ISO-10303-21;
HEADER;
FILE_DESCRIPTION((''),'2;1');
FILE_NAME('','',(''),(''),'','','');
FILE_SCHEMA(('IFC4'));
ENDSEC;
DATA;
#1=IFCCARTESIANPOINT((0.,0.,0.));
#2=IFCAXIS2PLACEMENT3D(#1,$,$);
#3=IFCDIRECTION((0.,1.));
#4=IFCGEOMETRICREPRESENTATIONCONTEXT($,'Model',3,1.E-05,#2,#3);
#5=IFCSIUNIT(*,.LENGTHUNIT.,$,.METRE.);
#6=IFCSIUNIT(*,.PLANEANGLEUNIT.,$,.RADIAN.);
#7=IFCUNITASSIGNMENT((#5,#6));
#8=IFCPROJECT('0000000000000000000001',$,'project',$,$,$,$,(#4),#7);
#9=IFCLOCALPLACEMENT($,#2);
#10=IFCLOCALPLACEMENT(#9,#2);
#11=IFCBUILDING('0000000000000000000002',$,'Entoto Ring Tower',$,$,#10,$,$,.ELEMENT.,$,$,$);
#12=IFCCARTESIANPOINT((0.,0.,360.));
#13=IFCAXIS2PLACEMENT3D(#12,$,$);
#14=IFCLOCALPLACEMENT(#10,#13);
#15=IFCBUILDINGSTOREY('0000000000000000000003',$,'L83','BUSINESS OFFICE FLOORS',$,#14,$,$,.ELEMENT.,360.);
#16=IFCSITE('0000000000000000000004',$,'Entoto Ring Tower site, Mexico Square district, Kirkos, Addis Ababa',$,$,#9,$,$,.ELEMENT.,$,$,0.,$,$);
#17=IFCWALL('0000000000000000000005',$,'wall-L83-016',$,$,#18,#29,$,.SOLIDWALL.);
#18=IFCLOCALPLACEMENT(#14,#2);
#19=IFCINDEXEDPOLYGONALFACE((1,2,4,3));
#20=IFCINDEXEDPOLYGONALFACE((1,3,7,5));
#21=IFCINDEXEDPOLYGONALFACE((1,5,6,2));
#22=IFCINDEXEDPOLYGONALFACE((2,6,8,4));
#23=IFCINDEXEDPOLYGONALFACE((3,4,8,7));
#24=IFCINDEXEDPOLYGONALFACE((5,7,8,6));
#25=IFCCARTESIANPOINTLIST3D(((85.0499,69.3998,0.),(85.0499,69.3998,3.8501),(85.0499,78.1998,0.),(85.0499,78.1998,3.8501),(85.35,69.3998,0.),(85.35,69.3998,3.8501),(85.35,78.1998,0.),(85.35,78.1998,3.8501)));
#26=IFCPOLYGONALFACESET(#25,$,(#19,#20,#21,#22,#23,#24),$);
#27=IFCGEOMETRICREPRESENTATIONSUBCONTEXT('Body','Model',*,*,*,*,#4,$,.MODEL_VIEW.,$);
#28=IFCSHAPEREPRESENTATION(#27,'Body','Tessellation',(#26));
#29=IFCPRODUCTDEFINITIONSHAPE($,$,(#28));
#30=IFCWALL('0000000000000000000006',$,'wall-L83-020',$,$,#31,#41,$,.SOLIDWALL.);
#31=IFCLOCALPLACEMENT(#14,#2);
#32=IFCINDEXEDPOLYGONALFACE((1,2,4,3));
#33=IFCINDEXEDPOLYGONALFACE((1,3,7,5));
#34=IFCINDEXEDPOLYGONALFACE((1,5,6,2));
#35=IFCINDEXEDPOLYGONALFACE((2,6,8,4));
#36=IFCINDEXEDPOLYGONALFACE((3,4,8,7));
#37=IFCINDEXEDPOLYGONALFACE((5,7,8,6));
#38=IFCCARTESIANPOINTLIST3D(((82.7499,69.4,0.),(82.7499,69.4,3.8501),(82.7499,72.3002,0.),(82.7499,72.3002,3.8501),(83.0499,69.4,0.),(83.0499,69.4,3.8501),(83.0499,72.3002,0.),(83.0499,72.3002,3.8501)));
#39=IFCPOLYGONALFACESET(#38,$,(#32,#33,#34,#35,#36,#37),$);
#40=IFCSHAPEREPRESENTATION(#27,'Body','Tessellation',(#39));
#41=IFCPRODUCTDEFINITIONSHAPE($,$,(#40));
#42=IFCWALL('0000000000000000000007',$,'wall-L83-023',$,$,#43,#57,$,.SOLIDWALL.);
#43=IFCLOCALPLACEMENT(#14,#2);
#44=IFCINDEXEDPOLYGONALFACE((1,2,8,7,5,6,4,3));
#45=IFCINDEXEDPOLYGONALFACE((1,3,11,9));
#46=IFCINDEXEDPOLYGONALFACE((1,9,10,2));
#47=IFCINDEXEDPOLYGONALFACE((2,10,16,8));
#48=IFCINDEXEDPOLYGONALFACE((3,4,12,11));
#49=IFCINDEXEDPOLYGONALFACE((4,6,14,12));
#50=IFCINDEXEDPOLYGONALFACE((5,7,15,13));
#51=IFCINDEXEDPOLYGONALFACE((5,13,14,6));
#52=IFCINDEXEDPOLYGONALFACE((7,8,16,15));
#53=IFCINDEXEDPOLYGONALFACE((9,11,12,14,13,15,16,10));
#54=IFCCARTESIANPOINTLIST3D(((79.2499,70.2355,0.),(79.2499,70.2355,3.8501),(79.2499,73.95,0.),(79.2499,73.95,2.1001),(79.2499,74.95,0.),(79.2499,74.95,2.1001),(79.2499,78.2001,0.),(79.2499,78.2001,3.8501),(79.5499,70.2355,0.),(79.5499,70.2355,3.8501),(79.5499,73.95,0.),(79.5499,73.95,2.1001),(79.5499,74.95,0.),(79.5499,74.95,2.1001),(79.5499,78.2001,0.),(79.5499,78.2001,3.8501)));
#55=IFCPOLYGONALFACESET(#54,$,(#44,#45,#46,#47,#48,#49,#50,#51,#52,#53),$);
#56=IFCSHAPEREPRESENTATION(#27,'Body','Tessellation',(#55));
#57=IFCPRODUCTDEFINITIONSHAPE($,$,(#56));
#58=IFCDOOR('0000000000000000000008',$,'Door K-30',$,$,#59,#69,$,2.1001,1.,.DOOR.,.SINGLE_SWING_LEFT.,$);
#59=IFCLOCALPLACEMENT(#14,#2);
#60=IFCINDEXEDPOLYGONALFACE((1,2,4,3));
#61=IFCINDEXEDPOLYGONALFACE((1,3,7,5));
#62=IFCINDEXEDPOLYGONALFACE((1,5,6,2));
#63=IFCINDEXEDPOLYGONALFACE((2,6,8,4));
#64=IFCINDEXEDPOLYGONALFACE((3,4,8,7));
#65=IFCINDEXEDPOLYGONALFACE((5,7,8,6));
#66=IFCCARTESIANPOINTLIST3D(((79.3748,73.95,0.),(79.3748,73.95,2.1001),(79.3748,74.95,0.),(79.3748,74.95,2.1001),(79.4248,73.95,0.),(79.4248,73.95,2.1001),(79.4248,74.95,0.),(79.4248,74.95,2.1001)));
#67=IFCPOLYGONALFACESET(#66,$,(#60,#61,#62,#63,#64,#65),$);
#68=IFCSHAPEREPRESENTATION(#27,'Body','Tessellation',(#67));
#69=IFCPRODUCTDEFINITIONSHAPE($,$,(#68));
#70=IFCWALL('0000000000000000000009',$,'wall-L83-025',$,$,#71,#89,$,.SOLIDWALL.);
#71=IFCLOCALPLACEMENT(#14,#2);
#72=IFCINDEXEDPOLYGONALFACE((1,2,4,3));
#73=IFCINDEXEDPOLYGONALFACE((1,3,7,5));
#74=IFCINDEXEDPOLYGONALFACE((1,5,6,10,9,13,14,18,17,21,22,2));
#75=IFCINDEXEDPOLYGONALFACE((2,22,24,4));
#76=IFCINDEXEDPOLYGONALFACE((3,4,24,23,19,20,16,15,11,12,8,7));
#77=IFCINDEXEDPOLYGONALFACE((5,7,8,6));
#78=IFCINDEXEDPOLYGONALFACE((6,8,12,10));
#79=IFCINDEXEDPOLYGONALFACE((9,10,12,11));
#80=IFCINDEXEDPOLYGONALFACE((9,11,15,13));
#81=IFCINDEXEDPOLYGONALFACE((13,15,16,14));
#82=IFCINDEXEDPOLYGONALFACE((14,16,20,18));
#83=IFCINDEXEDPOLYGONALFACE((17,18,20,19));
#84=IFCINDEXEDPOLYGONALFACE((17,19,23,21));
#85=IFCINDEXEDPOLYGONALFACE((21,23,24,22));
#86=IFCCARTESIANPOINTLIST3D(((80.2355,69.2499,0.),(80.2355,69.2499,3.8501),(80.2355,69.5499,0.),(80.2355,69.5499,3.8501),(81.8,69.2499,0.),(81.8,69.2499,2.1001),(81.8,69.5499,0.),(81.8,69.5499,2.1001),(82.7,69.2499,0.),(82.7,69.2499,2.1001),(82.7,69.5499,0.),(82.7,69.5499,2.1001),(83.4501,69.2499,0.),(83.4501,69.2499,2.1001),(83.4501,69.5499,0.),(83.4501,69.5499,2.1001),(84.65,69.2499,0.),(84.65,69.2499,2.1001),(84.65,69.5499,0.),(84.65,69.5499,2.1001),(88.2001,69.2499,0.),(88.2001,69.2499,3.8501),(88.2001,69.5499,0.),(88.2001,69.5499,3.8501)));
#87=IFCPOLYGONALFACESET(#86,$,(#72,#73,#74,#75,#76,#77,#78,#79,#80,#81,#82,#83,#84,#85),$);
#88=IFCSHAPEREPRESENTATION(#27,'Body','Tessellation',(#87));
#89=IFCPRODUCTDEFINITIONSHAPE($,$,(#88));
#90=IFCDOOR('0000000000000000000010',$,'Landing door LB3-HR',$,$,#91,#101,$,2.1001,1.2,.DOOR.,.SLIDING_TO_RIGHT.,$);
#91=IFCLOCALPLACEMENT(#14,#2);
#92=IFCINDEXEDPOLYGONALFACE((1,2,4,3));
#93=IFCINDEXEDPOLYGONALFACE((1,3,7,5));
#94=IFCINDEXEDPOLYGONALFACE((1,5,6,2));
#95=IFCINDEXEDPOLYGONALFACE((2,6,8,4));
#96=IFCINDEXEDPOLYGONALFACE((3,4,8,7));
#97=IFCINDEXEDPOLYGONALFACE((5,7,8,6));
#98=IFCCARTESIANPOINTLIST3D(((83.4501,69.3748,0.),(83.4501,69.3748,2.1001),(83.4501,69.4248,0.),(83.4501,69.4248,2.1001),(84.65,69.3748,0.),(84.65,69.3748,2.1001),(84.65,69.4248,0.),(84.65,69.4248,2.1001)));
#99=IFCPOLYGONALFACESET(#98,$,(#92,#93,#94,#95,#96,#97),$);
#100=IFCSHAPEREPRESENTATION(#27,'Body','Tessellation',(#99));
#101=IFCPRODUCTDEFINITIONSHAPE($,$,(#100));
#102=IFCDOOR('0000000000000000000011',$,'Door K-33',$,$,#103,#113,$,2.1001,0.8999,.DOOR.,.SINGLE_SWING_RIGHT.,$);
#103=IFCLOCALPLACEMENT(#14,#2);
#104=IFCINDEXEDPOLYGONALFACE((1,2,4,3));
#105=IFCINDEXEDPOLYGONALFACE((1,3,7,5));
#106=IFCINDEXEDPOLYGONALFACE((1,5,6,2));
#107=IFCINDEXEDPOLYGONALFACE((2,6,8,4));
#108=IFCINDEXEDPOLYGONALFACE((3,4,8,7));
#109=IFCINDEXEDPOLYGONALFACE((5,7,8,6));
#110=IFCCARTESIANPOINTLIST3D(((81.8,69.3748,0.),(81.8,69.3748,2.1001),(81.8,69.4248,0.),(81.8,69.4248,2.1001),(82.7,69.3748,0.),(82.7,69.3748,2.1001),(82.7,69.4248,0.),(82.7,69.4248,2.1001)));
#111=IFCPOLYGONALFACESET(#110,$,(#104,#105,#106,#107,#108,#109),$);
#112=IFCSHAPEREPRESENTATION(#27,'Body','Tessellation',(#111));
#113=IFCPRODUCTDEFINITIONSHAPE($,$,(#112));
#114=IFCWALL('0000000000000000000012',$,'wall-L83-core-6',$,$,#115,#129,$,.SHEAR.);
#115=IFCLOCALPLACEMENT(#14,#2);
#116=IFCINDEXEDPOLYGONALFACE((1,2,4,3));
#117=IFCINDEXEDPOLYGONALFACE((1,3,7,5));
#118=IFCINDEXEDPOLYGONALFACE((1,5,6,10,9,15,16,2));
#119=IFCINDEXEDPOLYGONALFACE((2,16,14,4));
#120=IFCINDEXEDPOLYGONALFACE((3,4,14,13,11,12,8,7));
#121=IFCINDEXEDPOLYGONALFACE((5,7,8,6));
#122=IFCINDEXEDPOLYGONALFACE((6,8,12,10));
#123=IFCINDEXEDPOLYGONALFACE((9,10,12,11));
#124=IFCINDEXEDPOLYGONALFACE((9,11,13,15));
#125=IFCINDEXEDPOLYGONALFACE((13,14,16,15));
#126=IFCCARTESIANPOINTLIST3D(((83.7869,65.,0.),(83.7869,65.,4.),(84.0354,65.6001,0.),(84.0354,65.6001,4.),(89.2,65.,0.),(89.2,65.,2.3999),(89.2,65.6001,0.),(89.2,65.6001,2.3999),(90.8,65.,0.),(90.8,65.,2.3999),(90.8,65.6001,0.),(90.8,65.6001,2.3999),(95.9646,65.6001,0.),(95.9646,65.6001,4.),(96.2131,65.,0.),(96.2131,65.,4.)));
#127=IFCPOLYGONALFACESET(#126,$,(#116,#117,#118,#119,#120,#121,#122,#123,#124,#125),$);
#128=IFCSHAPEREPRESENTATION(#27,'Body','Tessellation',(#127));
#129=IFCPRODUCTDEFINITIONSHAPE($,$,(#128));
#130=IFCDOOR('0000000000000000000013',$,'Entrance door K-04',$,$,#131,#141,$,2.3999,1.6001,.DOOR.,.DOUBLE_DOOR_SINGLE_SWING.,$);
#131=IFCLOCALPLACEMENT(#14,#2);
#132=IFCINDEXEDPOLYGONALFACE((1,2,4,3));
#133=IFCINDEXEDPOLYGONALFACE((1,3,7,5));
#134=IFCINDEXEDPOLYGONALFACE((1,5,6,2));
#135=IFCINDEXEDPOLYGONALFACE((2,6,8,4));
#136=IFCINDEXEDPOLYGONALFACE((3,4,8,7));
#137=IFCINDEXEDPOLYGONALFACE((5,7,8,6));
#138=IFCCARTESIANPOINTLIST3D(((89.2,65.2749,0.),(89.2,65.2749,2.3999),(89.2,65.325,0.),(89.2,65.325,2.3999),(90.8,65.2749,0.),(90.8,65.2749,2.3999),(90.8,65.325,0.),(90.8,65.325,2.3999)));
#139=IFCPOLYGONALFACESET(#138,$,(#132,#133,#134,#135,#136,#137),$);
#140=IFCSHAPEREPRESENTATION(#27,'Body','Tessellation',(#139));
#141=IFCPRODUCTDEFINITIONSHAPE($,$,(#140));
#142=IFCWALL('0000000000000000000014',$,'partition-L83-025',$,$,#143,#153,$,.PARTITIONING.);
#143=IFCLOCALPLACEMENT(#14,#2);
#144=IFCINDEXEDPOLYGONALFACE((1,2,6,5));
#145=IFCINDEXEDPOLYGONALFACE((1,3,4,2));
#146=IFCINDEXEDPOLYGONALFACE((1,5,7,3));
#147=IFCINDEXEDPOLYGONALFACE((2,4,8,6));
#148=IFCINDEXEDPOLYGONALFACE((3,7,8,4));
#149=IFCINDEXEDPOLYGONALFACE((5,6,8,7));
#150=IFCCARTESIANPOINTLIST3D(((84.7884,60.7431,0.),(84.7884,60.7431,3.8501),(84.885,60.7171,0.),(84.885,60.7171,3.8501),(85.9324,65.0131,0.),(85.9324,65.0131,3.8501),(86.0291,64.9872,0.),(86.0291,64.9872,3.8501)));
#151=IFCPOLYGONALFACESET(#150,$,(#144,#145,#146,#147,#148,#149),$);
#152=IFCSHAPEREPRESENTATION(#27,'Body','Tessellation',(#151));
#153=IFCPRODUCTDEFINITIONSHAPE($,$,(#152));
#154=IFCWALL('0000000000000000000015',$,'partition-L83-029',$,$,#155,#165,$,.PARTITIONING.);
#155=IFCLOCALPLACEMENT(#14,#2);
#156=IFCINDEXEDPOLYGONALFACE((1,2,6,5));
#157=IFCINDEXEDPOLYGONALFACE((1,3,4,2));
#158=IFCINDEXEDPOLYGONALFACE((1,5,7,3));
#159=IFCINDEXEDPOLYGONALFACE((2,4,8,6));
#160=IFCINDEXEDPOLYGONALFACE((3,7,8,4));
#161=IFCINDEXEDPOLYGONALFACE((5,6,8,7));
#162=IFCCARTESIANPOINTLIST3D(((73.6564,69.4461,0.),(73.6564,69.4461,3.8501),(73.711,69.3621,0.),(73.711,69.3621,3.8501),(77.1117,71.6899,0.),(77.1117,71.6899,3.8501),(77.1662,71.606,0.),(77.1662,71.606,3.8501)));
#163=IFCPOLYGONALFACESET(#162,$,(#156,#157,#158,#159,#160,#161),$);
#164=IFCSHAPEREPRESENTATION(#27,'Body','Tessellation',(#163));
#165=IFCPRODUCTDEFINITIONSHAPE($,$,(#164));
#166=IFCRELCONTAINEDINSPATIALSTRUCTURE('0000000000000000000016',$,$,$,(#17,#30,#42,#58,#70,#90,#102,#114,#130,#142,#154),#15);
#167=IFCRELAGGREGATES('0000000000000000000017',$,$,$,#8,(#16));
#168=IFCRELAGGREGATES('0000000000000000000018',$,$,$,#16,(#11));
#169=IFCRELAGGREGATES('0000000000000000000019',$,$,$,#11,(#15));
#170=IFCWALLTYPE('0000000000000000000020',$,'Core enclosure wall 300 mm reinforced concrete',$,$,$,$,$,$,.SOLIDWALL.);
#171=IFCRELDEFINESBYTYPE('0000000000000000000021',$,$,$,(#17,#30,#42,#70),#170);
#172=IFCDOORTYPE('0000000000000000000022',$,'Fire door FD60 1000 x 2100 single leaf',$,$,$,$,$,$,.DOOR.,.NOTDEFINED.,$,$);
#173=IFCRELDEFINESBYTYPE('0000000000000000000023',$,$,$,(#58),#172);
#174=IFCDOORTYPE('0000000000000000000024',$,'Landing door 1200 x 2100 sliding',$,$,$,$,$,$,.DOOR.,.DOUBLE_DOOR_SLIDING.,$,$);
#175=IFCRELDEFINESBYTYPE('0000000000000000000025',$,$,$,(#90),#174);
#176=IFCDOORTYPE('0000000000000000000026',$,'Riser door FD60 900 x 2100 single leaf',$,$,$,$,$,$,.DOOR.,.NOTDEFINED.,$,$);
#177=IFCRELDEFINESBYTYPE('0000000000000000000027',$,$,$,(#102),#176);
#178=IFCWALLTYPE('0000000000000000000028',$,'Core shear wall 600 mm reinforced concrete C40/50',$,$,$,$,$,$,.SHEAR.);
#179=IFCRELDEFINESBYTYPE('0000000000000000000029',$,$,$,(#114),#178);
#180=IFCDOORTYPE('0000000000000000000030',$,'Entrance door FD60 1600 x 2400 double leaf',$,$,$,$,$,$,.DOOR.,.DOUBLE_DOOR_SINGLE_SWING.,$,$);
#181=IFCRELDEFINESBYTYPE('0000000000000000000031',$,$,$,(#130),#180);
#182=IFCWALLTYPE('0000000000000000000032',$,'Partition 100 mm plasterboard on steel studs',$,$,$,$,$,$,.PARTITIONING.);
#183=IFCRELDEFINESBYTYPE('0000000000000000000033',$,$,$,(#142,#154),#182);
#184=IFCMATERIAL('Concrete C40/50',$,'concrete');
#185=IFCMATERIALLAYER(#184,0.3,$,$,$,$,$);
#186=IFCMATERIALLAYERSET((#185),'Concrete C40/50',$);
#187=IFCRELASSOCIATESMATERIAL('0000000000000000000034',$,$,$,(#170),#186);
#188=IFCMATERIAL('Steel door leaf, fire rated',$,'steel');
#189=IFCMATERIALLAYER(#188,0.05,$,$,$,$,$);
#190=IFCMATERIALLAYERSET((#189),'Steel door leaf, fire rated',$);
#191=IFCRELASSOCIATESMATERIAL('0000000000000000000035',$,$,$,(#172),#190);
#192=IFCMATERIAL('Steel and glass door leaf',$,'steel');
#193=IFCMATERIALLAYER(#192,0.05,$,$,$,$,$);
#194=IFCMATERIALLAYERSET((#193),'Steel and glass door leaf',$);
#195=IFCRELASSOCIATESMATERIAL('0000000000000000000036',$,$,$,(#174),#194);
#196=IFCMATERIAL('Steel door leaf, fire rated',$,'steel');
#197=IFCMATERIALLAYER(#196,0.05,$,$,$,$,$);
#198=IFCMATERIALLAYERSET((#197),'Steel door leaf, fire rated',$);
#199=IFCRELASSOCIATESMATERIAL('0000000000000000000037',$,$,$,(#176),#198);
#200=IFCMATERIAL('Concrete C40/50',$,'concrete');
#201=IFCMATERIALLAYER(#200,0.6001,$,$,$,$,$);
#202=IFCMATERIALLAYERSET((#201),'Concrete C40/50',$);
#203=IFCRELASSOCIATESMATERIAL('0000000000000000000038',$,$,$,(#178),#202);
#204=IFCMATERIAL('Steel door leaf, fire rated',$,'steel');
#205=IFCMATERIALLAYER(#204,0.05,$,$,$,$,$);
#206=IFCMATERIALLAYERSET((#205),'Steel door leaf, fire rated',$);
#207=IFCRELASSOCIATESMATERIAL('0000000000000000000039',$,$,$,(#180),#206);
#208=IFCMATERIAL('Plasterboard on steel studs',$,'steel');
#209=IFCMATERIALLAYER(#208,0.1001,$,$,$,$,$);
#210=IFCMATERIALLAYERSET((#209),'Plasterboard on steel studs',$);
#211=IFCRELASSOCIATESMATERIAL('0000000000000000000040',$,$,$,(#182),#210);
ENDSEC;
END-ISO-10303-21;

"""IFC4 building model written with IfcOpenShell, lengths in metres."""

from ifc_helpers import new_model, si_unit, direction, frame, frame_2d, origin, place, context, subcontext, project, spatial, polyline, rectangle, outline, extrude, material, layer, layer_set, type_object, element, fill, save


model = new_model("IFC4")

# Units and contexts
model_context = context("Model", 3, precision=1e-05, world=origin(), true_north=direction((0.0, 1.0)))
body_context = subcontext(model_context, "Body", "Model", "MODEL_VIEW")
ifc_project = project(units=[si_unit("LENGTHUNIT", "METRE"), si_unit("PLANEANGLEUNIT", "RADIAN")], contexts=[model_context])

# Site, building, storey
site_placement = place(None, origin())
site = spatial("IfcSite", under=ifc_project, at=site_placement, Name="Entoto Ring Tower site, Mexico Square district, Kirkos, Addis Ababa", CompositionType="ELEMENT", RefElevation=0.0)
building_placement = place(site_placement, origin())
building = spatial("IfcBuilding", under=site, at=building_placement, Name="Entoto Ring Tower", CompositionType="ELEMENT")
storey_placement = place(building_placement, frame((0.0, 0.0, 360.0)))
storey = spatial("IfcBuildingStorey", under=building, at=storey_placement, Name="L83", Description="BUSINESS OFFICE FLOORS", CompositionType="ELEMENT", Elevation=360.0)

# Walls
ifc_material_1 = material(Name="Concrete C40/50", Category="concrete")
ifc_layer_1 = layer(ifc_material_1, 0.3)
ifc_layer_set_1 = layer_set([ifc_layer_1], Name="Concrete C40/50")
wall_type_1 = type_object("IfcWallType", Name="Core enclosure wall 300 mm reinforced concrete", PredefinedType="SOLIDWALL", material=ifc_layer_set_1)
wall_1_placement = place(storey_placement, frame((85.2, 69.3999, 0.0), z_axis=(0.0, 0.0, 1.0), x_axis=(0.0, 1.0, 0.0)))
element("IfcWall", 1, at=wall_1_placement, inside=storey, type_object=wall_type_1, Name="wall-L83-016", PredefinedType="SOLIDWALL", context=body_context, shape_type="SweptSolid", body=[
    extrude(rectangle(XDim=8.8, YDim=0.3, at=frame_2d((4.3999, 0.0))), origin(), (0.0, 0.0, 1.0), 3.8501),
])
wall_2_placement = place(storey_placement, frame((82.8999, 69.3999, 0.0), z_axis=(0.0, 0.0, 1.0), x_axis=(0.0, 1.0, 0.0)))
element("IfcWall", 2, at=wall_2_placement, inside=storey, type_object=wall_type_1, Name="wall-L83-020", PredefinedType="SOLIDWALL", context=body_context, shape_type="SweptSolid", body=[
    extrude(rectangle(XDim=2.9001, YDim=0.3, at=frame_2d((1.4502, 0.0))), origin(), (0.0, 0.0, 1.0), 3.8501),
])

# Wall, opening, door
wall_3_placement = place(storey_placement, frame((79.3999, 70.2354, 0.0), z_axis=(0.0, 0.0, 1.0), x_axis=(0.0, 1.0, 0.0)))
wall_3 = element("IfcWall", 3, at=wall_3_placement, inside=storey, type_object=wall_type_1, Name="wall-L83-023", PredefinedType="SOLIDWALL", context=body_context, shape_type="SweptSolid", body=[
    extrude(rectangle(XDim=7.9646, YDim=0.3, at=frame_2d((3.9824, 0.0))), origin(), (0.0, 0.0, 1.0), 3.8501),
])
opening_1_placement = place(wall_3_placement, frame((3.7146, 0.0, 0.0)))
opening_1 = element("IfcOpeningElement", 4, at=opening_1_placement, cuts=wall_3, PredefinedType="OPENING", context=body_context, shape_type="SweptSolid", body=[
    extrude(rectangle(XDim=1.0, YDim=2.1001, at=frame_2d((0.5, 1.05))), frame((0.0, 0.1602, 0.0), z_axis=(0.0, -1.0, 0.0), x_axis=(1.0, 0.0, 0.0)), (0.0, 0.0, 1.0), 0.3201),
])
ifc_material_2 = material(Name="Steel door leaf, fire rated", Category="steel")
ifc_layer_2 = layer(ifc_material_2, 0.05)
ifc_layer_set_2 = layer_set([ifc_layer_2], Name="Steel door leaf, fire rated")
door_type_1 = type_object("IfcDoorType", Name="Fire door FD60 1000 x 2100 single leaf", OperationType="NOTDEFINED", PredefinedType="DOOR", material=ifc_layer_set_2)
door_1_placement = place(opening_1_placement, frame((1.0, 0.0, 0.0), z_axis=(0.0, 0.0, 1.0), x_axis=(-1.0, 0.0, 0.0)))
door_1 = element("IfcDoor", 5, at=door_1_placement, inside=storey, type_object=door_type_1, Name="Door K-30", OperationType="SINGLE_SWING_LEFT", OverallHeight=2.1001, OverallWidth=1.0, PredefinedType="DOOR", context=body_context, shape_type="SweptSolid", body=[
    extrude(rectangle(XDim=1.0, YDim=2.1001, at=frame_2d((0.5, 1.05))), frame((0.0, 0.0249, 0.0), z_axis=(0.0, -1.0, 0.0), x_axis=(1.0, 0.0, 0.0)), (0.0, 0.0, 1.0), 0.05),
])
fill(opening_1, door_1)

# Wall, openings, doors
wall_4_placement = place(storey_placement, frame((80.2354, 69.3999, 0.0), z_axis=(0.0, 0.0, 1.0), x_axis=(1.0, 0.0, 0.0)))
wall_4 = element("IfcWall", 6, at=wall_4_placement, inside=storey, type_object=wall_type_1, Name="wall-L83-025", PredefinedType="SOLIDWALL", context=body_context, shape_type="SweptSolid", body=[
    extrude(rectangle(XDim=7.9646, YDim=0.3, at=frame_2d((3.9824, 0.0))), origin(), (0.0, 0.0, 1.0), 3.8501),
])
opening_2_placement = place(wall_4_placement, frame((3.2146, 0.0, 0.0)))
opening_2 = element("IfcOpeningElement", 7, at=opening_2_placement, cuts=wall_4, PredefinedType="OPENING", context=body_context, shape_type="SweptSolid", body=[
    extrude(rectangle(XDim=1.2, YDim=2.1001, at=frame_2d((0.6001, 1.05))), frame((0.0, 0.1602, 0.0), z_axis=(0.0, -1.0, 0.0), x_axis=(1.0, 0.0, 0.0)), (0.0, 0.0, 1.0), 0.3201),
])
opening_3_placement = place(wall_4_placement, frame((1.5647, 0.0, 0.0)))
opening_3 = element("IfcOpeningElement", 8, at=opening_3_placement, cuts=wall_4, PredefinedType="OPENING", context=body_context, shape_type="SweptSolid", body=[
    extrude(rectangle(XDim=0.8999, YDim=2.1001, at=frame_2d((0.45, 1.05))), frame((0.0, 0.1602, 0.0), z_axis=(0.0, -1.0, 0.0), x_axis=(1.0, 0.0, 0.0)), (0.0, 0.0, 1.0), 0.3201),
])
ifc_material_3 = material(Name="Steel and glass door leaf", Category="steel")
ifc_layer_3 = layer(ifc_material_3, 0.05)
ifc_layer_set_3 = layer_set([ifc_layer_3], Name="Steel and glass door leaf")
door_type_2 = type_object("IfcDoorType", Name="Landing door 1200 x 2100 sliding", OperationType="DOUBLE_DOOR_SLIDING", PredefinedType="DOOR", material=ifc_layer_set_3)
door_2_placement = place(opening_2_placement, origin())
door_2 = element("IfcDoor", 9, at=door_2_placement, inside=storey, type_object=door_type_2, Name="Landing door LB3-HR", OperationType="SLIDING_TO_RIGHT", OverallHeight=2.1001, OverallWidth=1.2, PredefinedType="DOOR", context=body_context, shape_type="SweptSolid", body=[
    extrude(rectangle(XDim=1.2, YDim=2.1001, at=frame_2d((0.6001, 1.05))), frame((0.0, 0.0249, 0.0), z_axis=(0.0, -1.0, 0.0), x_axis=(1.0, 0.0, 0.0)), (0.0, 0.0, 1.0), 0.05),
])
fill(opening_2, door_2)
ifc_material_4 = material(Name="Steel door leaf, fire rated", Category="steel")
ifc_layer_4 = layer(ifc_material_4, 0.05)
ifc_layer_set_4 = layer_set([ifc_layer_4], Name="Steel door leaf, fire rated")
door_type_3 = type_object("IfcDoorType", Name="Riser door FD60 900 x 2100 single leaf", OperationType="NOTDEFINED", PredefinedType="DOOR", material=ifc_layer_set_4)
door_3_placement = place(opening_3_placement, origin())
door_3 = element("IfcDoor", 10, at=door_3_placement, inside=storey, type_object=door_type_3, Name="Door K-33", OperationType="SINGLE_SWING_RIGHT", OverallHeight=2.1001, OverallWidth=0.8999, PredefinedType="DOOR", context=body_context, shape_type="SweptSolid", body=[
    extrude(rectangle(XDim=0.8999, YDim=2.1001, at=frame_2d((0.45, 1.05))), frame((0.0, 0.0249, 0.0), z_axis=(0.0, -1.0, 0.0), x_axis=(1.0, 0.0, 0.0)), (0.0, 0.0, 1.0), 0.05),
])
fill(opening_3, door_3)

# Wall, opening, door
ifc_material_5 = material(Name="Concrete C40/50", Category="concrete")
ifc_layer_5 = layer(ifc_material_5, 0.6001)
ifc_layer_set_5 = layer_set([ifc_layer_5], Name="Concrete C40/50")
wall_type_2 = type_object("IfcWallType", Name="Core shear wall 600 mm reinforced concrete C40/50", PredefinedType="SHEAR", material=ifc_layer_set_5)
wall_5_placement = place(storey_placement, frame((83.9111, 65.3, 0.0), z_axis=(0.0, 0.0, 1.0), x_axis=(1.0, 0.0, 0.0)))
wall_5 = element("IfcWall", 11, at=wall_5_placement, inside=storey, type_object=wall_type_2, Name="wall-L83-core-6", PredefinedType="SHEAR", context=body_context, shape_type="SweptSolid", body=[
    extrude(outline(polyline([(-0.1243, -0.3), (12.302, -0.3), (12.0535, 0.3), (0.1243, 0.3), (-0.1243, -0.3)])), origin(), (0.0, 0.0, 1.0), 4.0),
])
opening_4_placement = place(wall_5_placement, frame((5.2888, 0.0, 0.0)))
opening_4 = element("IfcOpeningElement", 12, at=opening_4_placement, cuts=wall_5, PredefinedType="OPENING", context=body_context, shape_type="SweptSolid", body=[
    extrude(rectangle(XDim=1.6001, YDim=2.3999, at=frame_2d((0.8, 1.2))), frame((0.0, 0.3101, 0.0), z_axis=(0.0, -1.0, 0.0), x_axis=(1.0, 0.0, 0.0)), (0.0, 0.0, 1.0), 0.6201),
])
ifc_material_6 = material(Name="Steel door leaf, fire rated", Category="steel")
ifc_layer_6 = layer(ifc_material_6, 0.05)
ifc_layer_set_6 = layer_set([ifc_layer_6], Name="Steel door leaf, fire rated")
door_type_4 = type_object("IfcDoorType", Name="Entrance door FD60 1600 x 2400 double leaf", OperationType="DOUBLE_DOOR_SINGLE_SWING", PredefinedType="DOOR", material=ifc_layer_set_6)
door_4_placement = place(opening_4_placement, origin())
door_4 = element("IfcDoor", 13, at=door_4_placement, inside=storey, type_object=door_type_4, Name="Entrance door K-04", OperationType="DOUBLE_DOOR_SINGLE_SWING", OverallHeight=2.3999, OverallWidth=1.6001, PredefinedType="DOOR", context=body_context, shape_type="SweptSolid", body=[
    extrude(rectangle(XDim=1.6001, YDim=2.3999, at=frame_2d((0.8, 1.2))), frame((0.0, 0.0249, 0.0), z_axis=(0.0, -1.0, 0.0), x_axis=(1.0, 0.0, 0.0)), (0.0, 0.0, 1.0), 0.05),
])
fill(opening_4, door_4)

# Walls
ifc_material_7 = material(Name="Plasterboard on steel studs", Category="steel")
ifc_layer_7 = layer(ifc_material_7, 0.1001)
ifc_layer_set_7 = layer_set([ifc_layer_7], Name="Plasterboard on steel studs")
wall_type_3 = type_object("IfcWallType", Name="Partition 100 mm plasterboard on steel studs", PredefinedType="PARTITIONING", material=ifc_layer_set_7)
wall_6_placement = place(storey_placement, frame((84.8367, 60.73, 0.0), z_axis=(0.0, 0.0, 1.0), x_axis=(0.258797, 0.965932, 0.0)))
element("IfcWall", 14, at=wall_6_placement, inside=storey, type_object=wall_type_3, Name="partition-L83-025", PredefinedType="PARTITIONING", context=body_context, shape_type="SweptSolid", body=[
    extrude(rectangle(XDim=4.4207, YDim=0.1001, at=frame_2d((2.2104, 0.0))), origin(), (0.0, 0.0, 1.0), 3.8501),
])
wall_7_placement = place(storey_placement, frame((73.6836, 69.4041, 0.0), z_axis=(0.0, 0.0, 1.0), x_axis=(0.838672, 0.544636, 0.0)))
element("IfcWall", 15, at=wall_7_placement, inside=storey, type_object=wall_type_3, Name="partition-L83-029", PredefinedType="PARTITIONING", context=body_context, shape_type="SweptSolid", body=[
    extrude(rectangle(XDim=4.1199, YDim=0.1001, at=frame_2d((2.0601, 0.0))), origin(), (0.0, 0.0, 1.0), 3.8501),
])

save(model, "model.ifc")
